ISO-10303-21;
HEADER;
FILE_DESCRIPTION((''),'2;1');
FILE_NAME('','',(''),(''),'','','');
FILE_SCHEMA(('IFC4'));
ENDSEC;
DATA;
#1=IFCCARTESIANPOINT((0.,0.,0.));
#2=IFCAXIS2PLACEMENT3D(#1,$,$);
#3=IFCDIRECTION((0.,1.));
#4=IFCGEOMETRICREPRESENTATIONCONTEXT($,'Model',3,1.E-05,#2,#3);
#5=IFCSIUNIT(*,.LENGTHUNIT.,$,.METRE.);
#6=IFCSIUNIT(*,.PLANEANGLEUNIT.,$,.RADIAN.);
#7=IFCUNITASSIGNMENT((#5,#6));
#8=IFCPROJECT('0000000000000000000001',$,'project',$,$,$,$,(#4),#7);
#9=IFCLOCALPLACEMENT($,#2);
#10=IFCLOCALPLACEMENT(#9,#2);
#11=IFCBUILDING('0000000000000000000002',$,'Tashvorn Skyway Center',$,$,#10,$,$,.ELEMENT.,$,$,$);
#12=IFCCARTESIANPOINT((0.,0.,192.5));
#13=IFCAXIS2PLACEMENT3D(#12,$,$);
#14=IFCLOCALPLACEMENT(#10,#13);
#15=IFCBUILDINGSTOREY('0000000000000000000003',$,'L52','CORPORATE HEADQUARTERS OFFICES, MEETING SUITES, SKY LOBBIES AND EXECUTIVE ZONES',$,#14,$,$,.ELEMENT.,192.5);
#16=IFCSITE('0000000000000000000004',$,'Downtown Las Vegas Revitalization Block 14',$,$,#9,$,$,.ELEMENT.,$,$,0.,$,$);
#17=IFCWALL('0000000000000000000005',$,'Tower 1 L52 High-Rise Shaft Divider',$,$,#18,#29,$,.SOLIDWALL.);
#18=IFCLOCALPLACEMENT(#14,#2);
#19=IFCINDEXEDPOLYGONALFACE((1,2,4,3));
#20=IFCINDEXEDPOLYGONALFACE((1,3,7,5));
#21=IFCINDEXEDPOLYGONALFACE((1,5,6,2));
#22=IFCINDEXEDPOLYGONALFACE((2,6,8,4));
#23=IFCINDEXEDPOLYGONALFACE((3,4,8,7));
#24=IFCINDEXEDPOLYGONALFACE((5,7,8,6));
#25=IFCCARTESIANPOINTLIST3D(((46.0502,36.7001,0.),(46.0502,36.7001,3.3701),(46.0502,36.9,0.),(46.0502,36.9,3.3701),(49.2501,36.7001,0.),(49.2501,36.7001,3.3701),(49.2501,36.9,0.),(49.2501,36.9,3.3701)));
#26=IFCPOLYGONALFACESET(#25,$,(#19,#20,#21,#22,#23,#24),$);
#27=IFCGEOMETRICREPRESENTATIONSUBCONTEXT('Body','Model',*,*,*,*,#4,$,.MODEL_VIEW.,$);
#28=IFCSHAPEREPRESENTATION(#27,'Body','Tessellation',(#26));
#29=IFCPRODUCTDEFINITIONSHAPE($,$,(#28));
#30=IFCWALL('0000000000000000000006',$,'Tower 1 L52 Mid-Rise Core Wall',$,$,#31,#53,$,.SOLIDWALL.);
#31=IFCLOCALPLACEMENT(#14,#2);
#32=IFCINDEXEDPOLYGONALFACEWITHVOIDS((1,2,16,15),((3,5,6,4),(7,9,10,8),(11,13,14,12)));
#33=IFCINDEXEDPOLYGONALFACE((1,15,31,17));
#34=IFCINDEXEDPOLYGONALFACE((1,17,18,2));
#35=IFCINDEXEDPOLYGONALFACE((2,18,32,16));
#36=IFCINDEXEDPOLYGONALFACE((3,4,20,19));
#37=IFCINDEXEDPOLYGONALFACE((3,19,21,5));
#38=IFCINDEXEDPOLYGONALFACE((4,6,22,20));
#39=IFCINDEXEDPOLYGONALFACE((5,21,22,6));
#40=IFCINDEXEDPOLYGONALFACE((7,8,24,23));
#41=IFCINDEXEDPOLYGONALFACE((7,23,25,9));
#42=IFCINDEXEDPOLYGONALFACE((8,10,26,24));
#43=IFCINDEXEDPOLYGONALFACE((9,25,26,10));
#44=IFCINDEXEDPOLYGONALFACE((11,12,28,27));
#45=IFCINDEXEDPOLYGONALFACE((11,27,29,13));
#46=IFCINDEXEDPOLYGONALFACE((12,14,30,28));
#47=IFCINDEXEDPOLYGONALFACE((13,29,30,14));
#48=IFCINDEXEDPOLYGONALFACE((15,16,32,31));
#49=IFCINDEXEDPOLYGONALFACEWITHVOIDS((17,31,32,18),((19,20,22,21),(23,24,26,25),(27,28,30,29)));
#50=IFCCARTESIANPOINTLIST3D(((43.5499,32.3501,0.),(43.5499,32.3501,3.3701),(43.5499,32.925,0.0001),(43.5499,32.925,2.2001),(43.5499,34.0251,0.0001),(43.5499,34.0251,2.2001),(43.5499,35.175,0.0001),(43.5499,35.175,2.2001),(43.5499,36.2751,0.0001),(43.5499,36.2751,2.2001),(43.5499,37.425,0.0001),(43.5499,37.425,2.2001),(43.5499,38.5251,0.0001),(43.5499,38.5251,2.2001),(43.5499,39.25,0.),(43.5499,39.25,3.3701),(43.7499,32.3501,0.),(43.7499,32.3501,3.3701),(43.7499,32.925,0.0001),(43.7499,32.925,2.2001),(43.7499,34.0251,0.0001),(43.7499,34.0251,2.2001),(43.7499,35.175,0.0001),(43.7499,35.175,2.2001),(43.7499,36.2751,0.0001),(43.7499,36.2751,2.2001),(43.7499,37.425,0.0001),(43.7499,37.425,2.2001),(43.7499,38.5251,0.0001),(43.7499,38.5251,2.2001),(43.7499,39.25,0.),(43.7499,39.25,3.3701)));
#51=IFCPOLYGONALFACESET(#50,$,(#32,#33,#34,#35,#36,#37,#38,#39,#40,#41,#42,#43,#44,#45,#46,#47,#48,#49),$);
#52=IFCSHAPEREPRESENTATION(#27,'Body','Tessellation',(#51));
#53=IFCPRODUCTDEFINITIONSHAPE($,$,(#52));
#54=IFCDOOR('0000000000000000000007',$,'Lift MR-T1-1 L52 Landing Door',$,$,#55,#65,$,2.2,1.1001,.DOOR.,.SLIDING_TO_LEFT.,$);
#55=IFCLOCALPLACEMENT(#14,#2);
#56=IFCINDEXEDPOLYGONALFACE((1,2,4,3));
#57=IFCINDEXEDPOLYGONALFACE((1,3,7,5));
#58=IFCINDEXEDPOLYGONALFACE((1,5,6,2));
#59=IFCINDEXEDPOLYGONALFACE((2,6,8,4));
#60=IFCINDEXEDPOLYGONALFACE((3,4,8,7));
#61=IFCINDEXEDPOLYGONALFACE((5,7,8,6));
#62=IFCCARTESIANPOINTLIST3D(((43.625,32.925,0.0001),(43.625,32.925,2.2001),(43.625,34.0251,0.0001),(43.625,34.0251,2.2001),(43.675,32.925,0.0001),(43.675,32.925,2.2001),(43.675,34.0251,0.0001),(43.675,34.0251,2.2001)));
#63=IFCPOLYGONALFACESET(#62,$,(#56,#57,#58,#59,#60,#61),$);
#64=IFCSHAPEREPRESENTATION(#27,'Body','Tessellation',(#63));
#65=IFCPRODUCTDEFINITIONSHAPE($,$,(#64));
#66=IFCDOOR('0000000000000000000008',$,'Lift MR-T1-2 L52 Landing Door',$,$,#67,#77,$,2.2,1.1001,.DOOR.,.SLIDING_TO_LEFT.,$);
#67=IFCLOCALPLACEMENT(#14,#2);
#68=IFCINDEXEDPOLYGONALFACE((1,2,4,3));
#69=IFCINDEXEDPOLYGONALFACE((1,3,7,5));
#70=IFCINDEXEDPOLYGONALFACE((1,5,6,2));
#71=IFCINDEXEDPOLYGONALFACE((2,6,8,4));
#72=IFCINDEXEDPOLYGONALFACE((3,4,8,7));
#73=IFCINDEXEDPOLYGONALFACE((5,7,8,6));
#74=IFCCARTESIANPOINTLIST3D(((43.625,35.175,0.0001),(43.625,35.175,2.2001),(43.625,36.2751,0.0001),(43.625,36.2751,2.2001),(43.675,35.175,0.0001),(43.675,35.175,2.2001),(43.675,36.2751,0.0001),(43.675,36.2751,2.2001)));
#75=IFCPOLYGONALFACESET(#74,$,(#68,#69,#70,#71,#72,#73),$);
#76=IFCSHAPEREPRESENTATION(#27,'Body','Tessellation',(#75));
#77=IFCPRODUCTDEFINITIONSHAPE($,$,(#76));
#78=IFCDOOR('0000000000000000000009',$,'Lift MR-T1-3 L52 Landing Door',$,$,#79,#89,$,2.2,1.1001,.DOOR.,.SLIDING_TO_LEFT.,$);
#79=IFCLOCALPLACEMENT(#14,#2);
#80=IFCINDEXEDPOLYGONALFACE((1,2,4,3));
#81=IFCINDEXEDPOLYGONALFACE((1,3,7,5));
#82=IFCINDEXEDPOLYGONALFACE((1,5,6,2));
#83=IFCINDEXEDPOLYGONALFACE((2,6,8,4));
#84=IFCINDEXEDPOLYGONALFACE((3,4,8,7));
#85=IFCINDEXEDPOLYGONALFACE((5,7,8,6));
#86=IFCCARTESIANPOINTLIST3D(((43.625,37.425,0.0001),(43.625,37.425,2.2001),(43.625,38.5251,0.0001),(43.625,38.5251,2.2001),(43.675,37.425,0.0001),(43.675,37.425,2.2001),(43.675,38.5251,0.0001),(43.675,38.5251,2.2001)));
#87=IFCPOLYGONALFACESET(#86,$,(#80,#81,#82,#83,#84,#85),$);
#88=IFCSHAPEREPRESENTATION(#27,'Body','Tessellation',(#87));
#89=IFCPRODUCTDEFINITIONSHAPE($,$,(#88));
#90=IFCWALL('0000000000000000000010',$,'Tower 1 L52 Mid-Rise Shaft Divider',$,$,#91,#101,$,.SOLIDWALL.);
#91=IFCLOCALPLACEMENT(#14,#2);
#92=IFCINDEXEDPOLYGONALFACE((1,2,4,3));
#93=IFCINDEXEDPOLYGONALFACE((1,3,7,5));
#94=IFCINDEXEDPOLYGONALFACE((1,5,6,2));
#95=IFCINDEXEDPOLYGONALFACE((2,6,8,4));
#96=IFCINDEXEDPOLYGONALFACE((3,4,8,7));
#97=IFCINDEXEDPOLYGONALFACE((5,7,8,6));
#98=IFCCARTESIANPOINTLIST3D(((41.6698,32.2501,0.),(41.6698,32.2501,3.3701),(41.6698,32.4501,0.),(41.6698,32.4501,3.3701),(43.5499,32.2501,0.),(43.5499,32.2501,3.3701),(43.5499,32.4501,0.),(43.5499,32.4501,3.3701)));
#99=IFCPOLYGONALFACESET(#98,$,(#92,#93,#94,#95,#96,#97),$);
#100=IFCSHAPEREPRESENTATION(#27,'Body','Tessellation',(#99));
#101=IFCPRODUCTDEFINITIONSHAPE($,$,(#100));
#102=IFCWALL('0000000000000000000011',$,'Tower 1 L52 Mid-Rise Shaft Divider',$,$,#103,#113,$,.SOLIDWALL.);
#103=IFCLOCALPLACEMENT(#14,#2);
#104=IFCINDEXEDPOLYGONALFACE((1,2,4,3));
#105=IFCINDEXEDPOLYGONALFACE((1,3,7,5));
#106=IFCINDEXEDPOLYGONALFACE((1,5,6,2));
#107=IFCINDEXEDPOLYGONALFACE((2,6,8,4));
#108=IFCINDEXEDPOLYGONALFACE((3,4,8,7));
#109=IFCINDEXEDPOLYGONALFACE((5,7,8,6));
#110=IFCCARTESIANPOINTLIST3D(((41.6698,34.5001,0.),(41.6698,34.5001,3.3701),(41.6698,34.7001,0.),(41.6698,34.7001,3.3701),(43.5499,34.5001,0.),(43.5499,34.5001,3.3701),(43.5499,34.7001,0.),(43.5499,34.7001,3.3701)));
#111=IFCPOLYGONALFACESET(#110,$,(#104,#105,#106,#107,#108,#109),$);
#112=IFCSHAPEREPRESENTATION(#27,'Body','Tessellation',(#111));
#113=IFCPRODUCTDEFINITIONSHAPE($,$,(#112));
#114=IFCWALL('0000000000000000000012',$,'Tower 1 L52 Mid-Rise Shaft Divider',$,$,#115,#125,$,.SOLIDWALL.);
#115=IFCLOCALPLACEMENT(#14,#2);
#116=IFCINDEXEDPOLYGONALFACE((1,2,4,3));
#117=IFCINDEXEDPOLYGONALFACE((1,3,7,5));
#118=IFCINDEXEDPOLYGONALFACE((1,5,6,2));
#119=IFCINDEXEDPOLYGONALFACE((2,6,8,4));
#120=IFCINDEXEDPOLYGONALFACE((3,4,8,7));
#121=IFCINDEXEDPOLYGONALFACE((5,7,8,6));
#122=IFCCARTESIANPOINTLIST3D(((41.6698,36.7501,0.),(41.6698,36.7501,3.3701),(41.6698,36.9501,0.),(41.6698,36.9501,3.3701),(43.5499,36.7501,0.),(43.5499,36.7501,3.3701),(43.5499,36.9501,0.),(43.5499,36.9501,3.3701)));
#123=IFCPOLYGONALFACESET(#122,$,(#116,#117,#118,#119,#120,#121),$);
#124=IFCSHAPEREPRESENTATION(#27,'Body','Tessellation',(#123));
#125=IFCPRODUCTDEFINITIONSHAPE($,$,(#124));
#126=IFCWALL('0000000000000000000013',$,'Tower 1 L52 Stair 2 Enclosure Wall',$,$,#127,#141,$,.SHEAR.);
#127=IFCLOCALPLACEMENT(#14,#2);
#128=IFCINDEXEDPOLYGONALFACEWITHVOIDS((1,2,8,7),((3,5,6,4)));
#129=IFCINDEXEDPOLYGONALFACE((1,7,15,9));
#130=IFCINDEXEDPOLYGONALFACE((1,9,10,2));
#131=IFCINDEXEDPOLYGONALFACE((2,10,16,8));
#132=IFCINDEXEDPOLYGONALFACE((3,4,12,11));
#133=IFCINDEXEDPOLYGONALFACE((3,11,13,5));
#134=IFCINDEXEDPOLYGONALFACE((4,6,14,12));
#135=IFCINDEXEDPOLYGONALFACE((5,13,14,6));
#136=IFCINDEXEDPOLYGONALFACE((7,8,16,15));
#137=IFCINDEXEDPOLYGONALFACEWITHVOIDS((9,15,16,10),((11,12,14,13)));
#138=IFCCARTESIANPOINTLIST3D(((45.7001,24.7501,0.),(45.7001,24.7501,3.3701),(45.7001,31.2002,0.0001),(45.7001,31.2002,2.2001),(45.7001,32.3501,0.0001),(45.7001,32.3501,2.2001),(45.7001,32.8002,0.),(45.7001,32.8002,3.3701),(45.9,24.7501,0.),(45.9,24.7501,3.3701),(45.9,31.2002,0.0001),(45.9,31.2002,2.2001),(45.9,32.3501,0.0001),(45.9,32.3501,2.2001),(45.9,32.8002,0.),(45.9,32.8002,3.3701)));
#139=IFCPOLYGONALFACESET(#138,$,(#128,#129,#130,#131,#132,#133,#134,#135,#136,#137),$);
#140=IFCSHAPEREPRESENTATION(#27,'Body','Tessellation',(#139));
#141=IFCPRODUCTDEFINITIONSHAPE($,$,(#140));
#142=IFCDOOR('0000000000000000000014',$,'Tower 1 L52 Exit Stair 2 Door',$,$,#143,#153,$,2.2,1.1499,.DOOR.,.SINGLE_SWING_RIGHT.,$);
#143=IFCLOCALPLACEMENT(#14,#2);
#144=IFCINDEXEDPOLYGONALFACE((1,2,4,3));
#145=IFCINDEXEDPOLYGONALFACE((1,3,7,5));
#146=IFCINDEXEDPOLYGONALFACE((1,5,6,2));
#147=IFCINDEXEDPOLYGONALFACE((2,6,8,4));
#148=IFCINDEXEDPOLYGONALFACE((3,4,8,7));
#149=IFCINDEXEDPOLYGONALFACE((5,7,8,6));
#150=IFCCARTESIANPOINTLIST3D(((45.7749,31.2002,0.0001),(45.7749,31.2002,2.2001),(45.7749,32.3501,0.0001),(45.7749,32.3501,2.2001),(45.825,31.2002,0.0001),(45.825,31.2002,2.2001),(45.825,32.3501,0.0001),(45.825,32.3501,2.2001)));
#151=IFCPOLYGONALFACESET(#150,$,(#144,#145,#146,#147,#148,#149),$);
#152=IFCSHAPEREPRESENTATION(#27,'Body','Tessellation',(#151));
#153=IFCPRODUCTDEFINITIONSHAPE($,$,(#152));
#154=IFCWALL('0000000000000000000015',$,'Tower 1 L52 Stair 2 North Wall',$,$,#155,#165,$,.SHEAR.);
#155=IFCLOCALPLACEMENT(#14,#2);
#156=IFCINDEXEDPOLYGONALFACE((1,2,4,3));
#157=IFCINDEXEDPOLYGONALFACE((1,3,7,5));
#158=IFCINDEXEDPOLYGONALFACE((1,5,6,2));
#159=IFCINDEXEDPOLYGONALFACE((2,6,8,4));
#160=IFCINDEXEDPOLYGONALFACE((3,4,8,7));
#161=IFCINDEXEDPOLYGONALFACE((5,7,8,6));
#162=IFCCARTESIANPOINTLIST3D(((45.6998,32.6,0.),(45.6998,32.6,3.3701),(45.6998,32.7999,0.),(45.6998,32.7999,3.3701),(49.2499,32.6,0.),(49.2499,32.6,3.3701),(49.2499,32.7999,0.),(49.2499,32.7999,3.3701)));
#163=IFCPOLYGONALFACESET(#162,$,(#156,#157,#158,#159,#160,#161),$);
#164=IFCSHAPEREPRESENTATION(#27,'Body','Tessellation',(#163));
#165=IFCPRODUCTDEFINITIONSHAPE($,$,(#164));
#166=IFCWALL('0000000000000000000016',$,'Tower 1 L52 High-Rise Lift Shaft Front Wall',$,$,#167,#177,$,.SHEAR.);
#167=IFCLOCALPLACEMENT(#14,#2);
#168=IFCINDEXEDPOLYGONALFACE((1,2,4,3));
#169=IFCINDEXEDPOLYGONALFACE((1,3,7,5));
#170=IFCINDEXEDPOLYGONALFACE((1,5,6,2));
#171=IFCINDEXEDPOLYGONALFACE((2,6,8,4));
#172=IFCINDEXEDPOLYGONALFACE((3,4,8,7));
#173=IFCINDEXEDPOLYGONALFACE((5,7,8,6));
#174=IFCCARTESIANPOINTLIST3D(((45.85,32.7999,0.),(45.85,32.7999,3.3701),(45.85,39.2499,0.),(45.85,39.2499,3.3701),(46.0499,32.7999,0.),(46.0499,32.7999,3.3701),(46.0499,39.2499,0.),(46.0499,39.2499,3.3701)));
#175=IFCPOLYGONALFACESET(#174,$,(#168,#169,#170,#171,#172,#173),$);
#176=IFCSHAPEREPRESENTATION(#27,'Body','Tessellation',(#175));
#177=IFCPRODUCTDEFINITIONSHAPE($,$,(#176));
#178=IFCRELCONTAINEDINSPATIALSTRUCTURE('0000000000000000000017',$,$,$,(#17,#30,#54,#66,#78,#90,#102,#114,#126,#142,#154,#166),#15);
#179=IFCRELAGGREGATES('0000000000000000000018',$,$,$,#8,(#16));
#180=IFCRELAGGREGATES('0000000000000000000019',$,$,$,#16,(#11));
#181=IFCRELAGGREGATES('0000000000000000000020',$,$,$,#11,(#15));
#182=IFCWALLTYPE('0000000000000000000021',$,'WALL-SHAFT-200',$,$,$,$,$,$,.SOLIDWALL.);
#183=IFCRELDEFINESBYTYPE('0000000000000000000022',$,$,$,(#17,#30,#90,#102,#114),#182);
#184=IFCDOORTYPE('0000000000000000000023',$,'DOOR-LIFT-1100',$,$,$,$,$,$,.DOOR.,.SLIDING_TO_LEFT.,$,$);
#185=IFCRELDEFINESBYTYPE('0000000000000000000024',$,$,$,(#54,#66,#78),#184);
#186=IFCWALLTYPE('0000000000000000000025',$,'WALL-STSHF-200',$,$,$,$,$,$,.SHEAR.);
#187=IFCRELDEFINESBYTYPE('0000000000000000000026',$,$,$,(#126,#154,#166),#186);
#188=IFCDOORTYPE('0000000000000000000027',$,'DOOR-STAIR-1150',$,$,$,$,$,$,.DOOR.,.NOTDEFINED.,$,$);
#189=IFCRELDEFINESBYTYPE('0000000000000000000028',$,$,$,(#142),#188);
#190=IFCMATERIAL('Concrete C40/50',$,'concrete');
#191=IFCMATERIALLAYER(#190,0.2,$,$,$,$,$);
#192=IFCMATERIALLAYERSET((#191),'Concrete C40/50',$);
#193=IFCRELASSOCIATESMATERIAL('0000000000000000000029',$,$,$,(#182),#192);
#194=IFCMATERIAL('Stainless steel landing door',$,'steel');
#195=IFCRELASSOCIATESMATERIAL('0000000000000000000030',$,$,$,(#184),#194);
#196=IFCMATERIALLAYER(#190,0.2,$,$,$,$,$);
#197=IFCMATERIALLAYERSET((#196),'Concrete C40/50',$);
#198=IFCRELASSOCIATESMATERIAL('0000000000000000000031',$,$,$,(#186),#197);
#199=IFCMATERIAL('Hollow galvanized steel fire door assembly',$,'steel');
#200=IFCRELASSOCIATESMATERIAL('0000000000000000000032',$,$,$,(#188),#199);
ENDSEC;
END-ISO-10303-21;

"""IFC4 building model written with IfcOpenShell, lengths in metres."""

from ifc_helpers import new_model, si_unit, direction, frame, frame_2d, origin, place, context, subcontext, project, spatial, rectangle, extrude, material, layer, layer_set, type_object, element, fill, save


model = new_model("IFC4")

# Units and contexts
model_context = context("Model", 3, precision=1e-05, world=origin(), true_north=direction((0.0, 1.0)))
body_context = subcontext(model_context, "Body", "Model", "MODEL_VIEW")
ifc_project = project(units=[si_unit("LENGTHUNIT", "METRE"), si_unit("PLANEANGLEUNIT", "RADIAN")], contexts=[model_context])

# Site, building, storey
site_placement = place(None, origin())
site = spatial("IfcSite", under=ifc_project, at=site_placement, Name="Downtown Las Vegas Revitalization Block 14", CompositionType="ELEMENT", RefElevation=0.0)
building_placement = place(site_placement, origin())
building = spatial("IfcBuilding", under=site, at=building_placement, Name="Tashvorn Skyway Center", CompositionType="ELEMENT")
storey_placement = place(building_placement, frame((0.0, 0.0, 192.5)))
storey = spatial("IfcBuildingStorey", under=building, at=storey_placement, Name="L52", Description="CORPORATE HEADQUARTERS OFFICES, MEETING SUITES, SKY LOBBIES AND EXECUTIVE ZONES", CompositionType="ELEMENT", Elevation=192.5)

# Shared definitions
ifc_material_1 = material(Name="Concrete C40/50", Category="concrete")

# Shared definitions
ifc_material_2 = material(Name="Hollow galvanized steel fire door assembly", Category="steel")

# Wall
ifc_layer_1 = layer(ifc_material_1, 0.2)
ifc_layer_set_1 = layer_set([ifc_layer_1], Name="Concrete C40/50")
wall_type_1 = type_object("IfcWallType", Name="WALL-SHAFT-200", PredefinedType="SOLIDWALL", material=ifc_layer_set_1)
for number, where, z_axis, x_axis, name in (
    (1, (46.05, 36.8, 0.0), (0.0, 0.0, 1.0), (1.0, 0.0, 0.0), "Tower 1 L52 High-Rise Shaft Divider"),
):
    element("IfcWall", number, at=place(storey_placement, frame(where, z_axis=z_axis, x_axis=x_axis)), inside=storey, type_object=wall_type_1, Name=name, PredefinedType="SOLIDWALL", context=body_context, shape_type="SweptSolid", body=[
        extrude(rectangle(XDim=3.2, YDim=0.2, at=frame_2d((1.6001, 0.0))), origin(), (0.0, 0.0, 1.0), 3.3701),
    ])

# Wall, openings, doors
wall_1_placement = place(storey_placement, frame((43.6499, 32.3501, 0.0), z_axis=(0.0, 0.0, 1.0), x_axis=(0.0, 1.0, 0.0)))
wall_1 = element("IfcWall", 2, at=wall_1_placement, inside=storey, type_object=wall_type_1, Name="Tower 1 L52 Mid-Rise Core Wall", PredefinedType="SOLIDWALL", context=body_context, shape_type="SweptSolid", body=[
    extrude(rectangle(XDim=6.8999, YDim=0.2, at=frame_2d((3.45, 0.0))), origin(), (0.0, 0.0, 1.0), 3.3701),
])
opening_1_placement = place(wall_1_placement, frame((0.575, 0.0, 0.0)))
opening_1 = element("IfcOpeningElement", 3, at=opening_1_placement, cuts=wall_1, PredefinedType="OPENING", context=body_context, shape_type="SweptSolid", body=[
    extrude(rectangle(XDim=1.1001, YDim=2.2, at=frame_2d((0.55, 1.1001))), frame((0.0, 0.1099, 0.0), z_axis=(0.0, -1.0, 0.0), x_axis=(1.0, 0.0, 0.0)), (0.0, 0.0, 1.0), 0.22),
])
opening_2_placement = place(wall_1_placement, frame((2.825, 0.0, 0.0)))
opening_2 = element("IfcOpeningElement", 4, at=opening_2_placement, cuts=wall_1, PredefinedType="OPENING", context=body_context, shape_type="SweptSolid", body=[
    extrude(rectangle(XDim=1.1001, YDim=2.2, at=frame_2d((0.55, 1.1001))), frame((0.0, 0.1099, 0.0), z_axis=(0.0, -1.0, 0.0), x_axis=(1.0, 0.0, 0.0)), (0.0, 0.0, 1.0), 0.22),
])
opening_3_placement = place(wall_1_placement, frame((5.075, 0.0, 0.0)))
opening_3 = element("IfcOpeningElement", 5, at=opening_3_placement, cuts=wall_1, PredefinedType="OPENING", context=body_context, shape_type="SweptSolid", body=[
    extrude(rectangle(XDim=1.1001, YDim=2.2, at=frame_2d((0.55, 1.1001))), frame((0.0, 0.1099, 0.0), z_axis=(0.0, -1.0, 0.0), x_axis=(1.0, 0.0, 0.0)), (0.0, 0.0, 1.0), 0.22),
])
ifc_material_3 = material(Name="Stainless steel landing door", Category="steel")
door_type_1 = type_object("IfcDoorType", Name="DOOR-LIFT-1100", OperationType="SLIDING_TO_LEFT", PredefinedType="DOOR", material=ifc_material_3)
door_1_placement = place(opening_1_placement, origin())
door_1 = element("IfcDoor", 6, at=door_1_placement, inside=storey, type_object=door_type_1, Name="Lift MR-T1-1 L52 Landing Door", OperationType="SLIDING_TO_LEFT", OverallHeight=2.2, OverallWidth=1.1001, PredefinedType="DOOR", context=body_context, shape_type="SweptSolid", body=[
    extrude(rectangle(XDim=1.1001, YDim=2.2, at=frame_2d((0.55, 1.1001))), frame((0.0, 0.0249, 0.0), z_axis=(0.0, -1.0, 0.0), x_axis=(1.0, 0.0, 0.0)), (0.0, 0.0, 1.0), 0.05),
])
fill(opening_1, door_1)
door_2_placement = place(opening_2_placement, origin())
door_2 = element("IfcDoor", 7, at=door_2_placement, inside=storey, type_object=door_type_1, Name="Lift MR-T1-2 L52 Landing Door", OperationType="SLIDING_TO_LEFT", OverallHeight=2.2, OverallWidth=1.1001, PredefinedType="DOOR", context=body_context, shape_type="SweptSolid", body=[
    extrude(rectangle(XDim=1.1001, YDim=2.2, at=frame_2d((0.55, 1.1001))), frame((0.0, 0.0249, 0.0), z_axis=(0.0, -1.0, 0.0), x_axis=(1.0, 0.0, 0.0)), (0.0, 0.0, 1.0), 0.05),
])
fill(opening_2, door_2)
door_3_placement = place(opening_3_placement, origin())
door_3 = element("IfcDoor", 8, at=door_3_placement, inside=storey, type_object=door_type_1, Name="Lift MR-T1-3 L52 Landing Door", OperationType="SLIDING_TO_LEFT", OverallHeight=2.2, OverallWidth=1.1001, PredefinedType="DOOR", context=body_context, shape_type="SweptSolid", body=[
    extrude(rectangle(XDim=1.1001, YDim=2.2, at=frame_2d((0.55, 1.1001))), frame((0.0, 0.0249, 0.0), z_axis=(0.0, -1.0, 0.0), x_axis=(1.0, 0.0, 0.0)), (0.0, 0.0, 1.0), 0.05),
])
fill(opening_3, door_3)

# Walls
for number, where, z_axis, x_axis, name in (
    (9, (41.6699, 32.3501, 0.0), (0.0, 0.0, 1.0), (1.0, 0.0, 0.0), "Tower 1 L52 Mid-Rise Shaft Divider"),
    (10, (41.6699, 34.6001, 0.0), (0.0, 0.0, 1.0), (1.0, 0.0, 0.0), "Tower 1 L52 Mid-Rise Shaft Divider"),
    (11, (41.6699, 36.8501, 0.0), (0.0, 0.0, 1.0), (1.0, 0.0, 0.0), "Tower 1 L52 Mid-Rise Shaft Divider"),
):
    element("IfcWall", number, at=place(storey_placement, frame(where, z_axis=z_axis, x_axis=x_axis)), inside=storey, type_object=wall_type_1, Name=name, PredefinedType="SOLIDWALL", context=body_context, shape_type="SweptSolid", body=[
        extrude(rectangle(XDim=1.8801, YDim=0.2, at=frame_2d((0.9399, 0.0))), origin(), (0.0, 0.0, 1.0), 3.3701),
    ])

# Wall, opening, door
ifc_layer_2 = layer(ifc_material_1, 0.2)
ifc_layer_set_2 = layer_set([ifc_layer_2], Name="Concrete C40/50")
wall_type_2 = type_object("IfcWallType", Name="WALL-STSHF-200", PredefinedType="SHEAR", material=ifc_layer_set_2)
wall_2_placement = place(storey_placement, frame((45.8, 32.8, 0.0), z_axis=(0.0, 0.0, 1.0), x_axis=(0.0, -1.0, 0.0)))
wall_2 = element("IfcWall", 12, at=wall_2_placement, inside=storey, type_object=wall_type_2, Name="Tower 1 L52 Stair 2 Enclosure Wall", PredefinedType="SHEAR", context=body_context, shape_type="SweptSolid", body=[
    extrude(rectangle(XDim=8.05, YDim=0.2, at=frame_2d((4.0249, 0.0))), origin(), (0.0, 0.0, 1.0), 3.3701),
])
opening_4_placement = place(wall_2_placement, frame((0.45, 0.0, 0.0)))
opening_4 = element("IfcOpeningElement", 13, at=opening_4_placement, cuts=wall_2, PredefinedType="OPENING", context=body_context, shape_type="SweptSolid", body=[
    extrude(rectangle(XDim=1.1499, YDim=2.2, at=frame_2d((0.575, 1.1001))), frame((0.0, 0.1099, 0.0), z_axis=(0.0, -1.0, 0.0), x_axis=(1.0, 0.0, 0.0)), (0.0, 0.0, 1.0), 0.22),
])
door_type_2 = type_object("IfcDoorType", Name="DOOR-STAIR-1150", OperationType="NOTDEFINED", PredefinedType="DOOR", material=ifc_material_2)
door_4_placement = place(opening_4_placement, origin())
door_4 = element("IfcDoor", 14, at=door_4_placement, inside=storey, type_object=door_type_2, Name="Tower 1 L52 Exit Stair 2 Door", OperationType="SINGLE_SWING_RIGHT", OverallHeight=2.2, OverallWidth=1.1499, PredefinedType="DOOR", context=body_context, shape_type="SweptSolid", body=[
    extrude(rectangle(XDim=1.1499, YDim=2.2, at=frame_2d((0.575, 1.1001))), frame((0.0, 0.0249, 0.0), z_axis=(0.0, -1.0, 0.0), x_axis=(1.0, 0.0, 0.0)), (0.0, 0.0, 1.0), 0.05),
])
fill(opening_4, door_4)

# Walls
wall_3_placement = place(storey_placement, frame((45.7, 32.7, 0.0), z_axis=(0.0, 0.0, 1.0), x_axis=(1.0, 0.0, 0.0)))
element("IfcWall", 15, at=wall_3_placement, inside=storey, type_object=wall_type_2, Name="Tower 1 L52 Stair 2 North Wall", PredefinedType="SHEAR", context=body_context, shape_type="SweptSolid", body=[
    extrude(rectangle(XDim=3.55, YDim=0.2, at=frame_2d((1.7749, 0.0))), origin(), (0.0, 0.0, 1.0), 3.3701),
])
wall_4_placement = place(storey_placement, frame((45.95, 39.25, 0.0), z_axis=(0.0, 0.0, 1.0), x_axis=(0.0, -1.0, 0.0)))
element("IfcWall", 16, at=wall_4_placement, inside=storey, type_object=wall_type_2, Name="Tower 1 L52 High-Rise Lift Shaft Front Wall", PredefinedType="SHEAR", context=body_context, shape_type="SweptSolid", body=[
    extrude(rectangle(XDim=6.45, YDim=0.2, at=frame_2d((3.2251, 0.0))), origin(), (0.0, 0.0, 1.0), 3.3701),
])

save(model, "model.ifc")
